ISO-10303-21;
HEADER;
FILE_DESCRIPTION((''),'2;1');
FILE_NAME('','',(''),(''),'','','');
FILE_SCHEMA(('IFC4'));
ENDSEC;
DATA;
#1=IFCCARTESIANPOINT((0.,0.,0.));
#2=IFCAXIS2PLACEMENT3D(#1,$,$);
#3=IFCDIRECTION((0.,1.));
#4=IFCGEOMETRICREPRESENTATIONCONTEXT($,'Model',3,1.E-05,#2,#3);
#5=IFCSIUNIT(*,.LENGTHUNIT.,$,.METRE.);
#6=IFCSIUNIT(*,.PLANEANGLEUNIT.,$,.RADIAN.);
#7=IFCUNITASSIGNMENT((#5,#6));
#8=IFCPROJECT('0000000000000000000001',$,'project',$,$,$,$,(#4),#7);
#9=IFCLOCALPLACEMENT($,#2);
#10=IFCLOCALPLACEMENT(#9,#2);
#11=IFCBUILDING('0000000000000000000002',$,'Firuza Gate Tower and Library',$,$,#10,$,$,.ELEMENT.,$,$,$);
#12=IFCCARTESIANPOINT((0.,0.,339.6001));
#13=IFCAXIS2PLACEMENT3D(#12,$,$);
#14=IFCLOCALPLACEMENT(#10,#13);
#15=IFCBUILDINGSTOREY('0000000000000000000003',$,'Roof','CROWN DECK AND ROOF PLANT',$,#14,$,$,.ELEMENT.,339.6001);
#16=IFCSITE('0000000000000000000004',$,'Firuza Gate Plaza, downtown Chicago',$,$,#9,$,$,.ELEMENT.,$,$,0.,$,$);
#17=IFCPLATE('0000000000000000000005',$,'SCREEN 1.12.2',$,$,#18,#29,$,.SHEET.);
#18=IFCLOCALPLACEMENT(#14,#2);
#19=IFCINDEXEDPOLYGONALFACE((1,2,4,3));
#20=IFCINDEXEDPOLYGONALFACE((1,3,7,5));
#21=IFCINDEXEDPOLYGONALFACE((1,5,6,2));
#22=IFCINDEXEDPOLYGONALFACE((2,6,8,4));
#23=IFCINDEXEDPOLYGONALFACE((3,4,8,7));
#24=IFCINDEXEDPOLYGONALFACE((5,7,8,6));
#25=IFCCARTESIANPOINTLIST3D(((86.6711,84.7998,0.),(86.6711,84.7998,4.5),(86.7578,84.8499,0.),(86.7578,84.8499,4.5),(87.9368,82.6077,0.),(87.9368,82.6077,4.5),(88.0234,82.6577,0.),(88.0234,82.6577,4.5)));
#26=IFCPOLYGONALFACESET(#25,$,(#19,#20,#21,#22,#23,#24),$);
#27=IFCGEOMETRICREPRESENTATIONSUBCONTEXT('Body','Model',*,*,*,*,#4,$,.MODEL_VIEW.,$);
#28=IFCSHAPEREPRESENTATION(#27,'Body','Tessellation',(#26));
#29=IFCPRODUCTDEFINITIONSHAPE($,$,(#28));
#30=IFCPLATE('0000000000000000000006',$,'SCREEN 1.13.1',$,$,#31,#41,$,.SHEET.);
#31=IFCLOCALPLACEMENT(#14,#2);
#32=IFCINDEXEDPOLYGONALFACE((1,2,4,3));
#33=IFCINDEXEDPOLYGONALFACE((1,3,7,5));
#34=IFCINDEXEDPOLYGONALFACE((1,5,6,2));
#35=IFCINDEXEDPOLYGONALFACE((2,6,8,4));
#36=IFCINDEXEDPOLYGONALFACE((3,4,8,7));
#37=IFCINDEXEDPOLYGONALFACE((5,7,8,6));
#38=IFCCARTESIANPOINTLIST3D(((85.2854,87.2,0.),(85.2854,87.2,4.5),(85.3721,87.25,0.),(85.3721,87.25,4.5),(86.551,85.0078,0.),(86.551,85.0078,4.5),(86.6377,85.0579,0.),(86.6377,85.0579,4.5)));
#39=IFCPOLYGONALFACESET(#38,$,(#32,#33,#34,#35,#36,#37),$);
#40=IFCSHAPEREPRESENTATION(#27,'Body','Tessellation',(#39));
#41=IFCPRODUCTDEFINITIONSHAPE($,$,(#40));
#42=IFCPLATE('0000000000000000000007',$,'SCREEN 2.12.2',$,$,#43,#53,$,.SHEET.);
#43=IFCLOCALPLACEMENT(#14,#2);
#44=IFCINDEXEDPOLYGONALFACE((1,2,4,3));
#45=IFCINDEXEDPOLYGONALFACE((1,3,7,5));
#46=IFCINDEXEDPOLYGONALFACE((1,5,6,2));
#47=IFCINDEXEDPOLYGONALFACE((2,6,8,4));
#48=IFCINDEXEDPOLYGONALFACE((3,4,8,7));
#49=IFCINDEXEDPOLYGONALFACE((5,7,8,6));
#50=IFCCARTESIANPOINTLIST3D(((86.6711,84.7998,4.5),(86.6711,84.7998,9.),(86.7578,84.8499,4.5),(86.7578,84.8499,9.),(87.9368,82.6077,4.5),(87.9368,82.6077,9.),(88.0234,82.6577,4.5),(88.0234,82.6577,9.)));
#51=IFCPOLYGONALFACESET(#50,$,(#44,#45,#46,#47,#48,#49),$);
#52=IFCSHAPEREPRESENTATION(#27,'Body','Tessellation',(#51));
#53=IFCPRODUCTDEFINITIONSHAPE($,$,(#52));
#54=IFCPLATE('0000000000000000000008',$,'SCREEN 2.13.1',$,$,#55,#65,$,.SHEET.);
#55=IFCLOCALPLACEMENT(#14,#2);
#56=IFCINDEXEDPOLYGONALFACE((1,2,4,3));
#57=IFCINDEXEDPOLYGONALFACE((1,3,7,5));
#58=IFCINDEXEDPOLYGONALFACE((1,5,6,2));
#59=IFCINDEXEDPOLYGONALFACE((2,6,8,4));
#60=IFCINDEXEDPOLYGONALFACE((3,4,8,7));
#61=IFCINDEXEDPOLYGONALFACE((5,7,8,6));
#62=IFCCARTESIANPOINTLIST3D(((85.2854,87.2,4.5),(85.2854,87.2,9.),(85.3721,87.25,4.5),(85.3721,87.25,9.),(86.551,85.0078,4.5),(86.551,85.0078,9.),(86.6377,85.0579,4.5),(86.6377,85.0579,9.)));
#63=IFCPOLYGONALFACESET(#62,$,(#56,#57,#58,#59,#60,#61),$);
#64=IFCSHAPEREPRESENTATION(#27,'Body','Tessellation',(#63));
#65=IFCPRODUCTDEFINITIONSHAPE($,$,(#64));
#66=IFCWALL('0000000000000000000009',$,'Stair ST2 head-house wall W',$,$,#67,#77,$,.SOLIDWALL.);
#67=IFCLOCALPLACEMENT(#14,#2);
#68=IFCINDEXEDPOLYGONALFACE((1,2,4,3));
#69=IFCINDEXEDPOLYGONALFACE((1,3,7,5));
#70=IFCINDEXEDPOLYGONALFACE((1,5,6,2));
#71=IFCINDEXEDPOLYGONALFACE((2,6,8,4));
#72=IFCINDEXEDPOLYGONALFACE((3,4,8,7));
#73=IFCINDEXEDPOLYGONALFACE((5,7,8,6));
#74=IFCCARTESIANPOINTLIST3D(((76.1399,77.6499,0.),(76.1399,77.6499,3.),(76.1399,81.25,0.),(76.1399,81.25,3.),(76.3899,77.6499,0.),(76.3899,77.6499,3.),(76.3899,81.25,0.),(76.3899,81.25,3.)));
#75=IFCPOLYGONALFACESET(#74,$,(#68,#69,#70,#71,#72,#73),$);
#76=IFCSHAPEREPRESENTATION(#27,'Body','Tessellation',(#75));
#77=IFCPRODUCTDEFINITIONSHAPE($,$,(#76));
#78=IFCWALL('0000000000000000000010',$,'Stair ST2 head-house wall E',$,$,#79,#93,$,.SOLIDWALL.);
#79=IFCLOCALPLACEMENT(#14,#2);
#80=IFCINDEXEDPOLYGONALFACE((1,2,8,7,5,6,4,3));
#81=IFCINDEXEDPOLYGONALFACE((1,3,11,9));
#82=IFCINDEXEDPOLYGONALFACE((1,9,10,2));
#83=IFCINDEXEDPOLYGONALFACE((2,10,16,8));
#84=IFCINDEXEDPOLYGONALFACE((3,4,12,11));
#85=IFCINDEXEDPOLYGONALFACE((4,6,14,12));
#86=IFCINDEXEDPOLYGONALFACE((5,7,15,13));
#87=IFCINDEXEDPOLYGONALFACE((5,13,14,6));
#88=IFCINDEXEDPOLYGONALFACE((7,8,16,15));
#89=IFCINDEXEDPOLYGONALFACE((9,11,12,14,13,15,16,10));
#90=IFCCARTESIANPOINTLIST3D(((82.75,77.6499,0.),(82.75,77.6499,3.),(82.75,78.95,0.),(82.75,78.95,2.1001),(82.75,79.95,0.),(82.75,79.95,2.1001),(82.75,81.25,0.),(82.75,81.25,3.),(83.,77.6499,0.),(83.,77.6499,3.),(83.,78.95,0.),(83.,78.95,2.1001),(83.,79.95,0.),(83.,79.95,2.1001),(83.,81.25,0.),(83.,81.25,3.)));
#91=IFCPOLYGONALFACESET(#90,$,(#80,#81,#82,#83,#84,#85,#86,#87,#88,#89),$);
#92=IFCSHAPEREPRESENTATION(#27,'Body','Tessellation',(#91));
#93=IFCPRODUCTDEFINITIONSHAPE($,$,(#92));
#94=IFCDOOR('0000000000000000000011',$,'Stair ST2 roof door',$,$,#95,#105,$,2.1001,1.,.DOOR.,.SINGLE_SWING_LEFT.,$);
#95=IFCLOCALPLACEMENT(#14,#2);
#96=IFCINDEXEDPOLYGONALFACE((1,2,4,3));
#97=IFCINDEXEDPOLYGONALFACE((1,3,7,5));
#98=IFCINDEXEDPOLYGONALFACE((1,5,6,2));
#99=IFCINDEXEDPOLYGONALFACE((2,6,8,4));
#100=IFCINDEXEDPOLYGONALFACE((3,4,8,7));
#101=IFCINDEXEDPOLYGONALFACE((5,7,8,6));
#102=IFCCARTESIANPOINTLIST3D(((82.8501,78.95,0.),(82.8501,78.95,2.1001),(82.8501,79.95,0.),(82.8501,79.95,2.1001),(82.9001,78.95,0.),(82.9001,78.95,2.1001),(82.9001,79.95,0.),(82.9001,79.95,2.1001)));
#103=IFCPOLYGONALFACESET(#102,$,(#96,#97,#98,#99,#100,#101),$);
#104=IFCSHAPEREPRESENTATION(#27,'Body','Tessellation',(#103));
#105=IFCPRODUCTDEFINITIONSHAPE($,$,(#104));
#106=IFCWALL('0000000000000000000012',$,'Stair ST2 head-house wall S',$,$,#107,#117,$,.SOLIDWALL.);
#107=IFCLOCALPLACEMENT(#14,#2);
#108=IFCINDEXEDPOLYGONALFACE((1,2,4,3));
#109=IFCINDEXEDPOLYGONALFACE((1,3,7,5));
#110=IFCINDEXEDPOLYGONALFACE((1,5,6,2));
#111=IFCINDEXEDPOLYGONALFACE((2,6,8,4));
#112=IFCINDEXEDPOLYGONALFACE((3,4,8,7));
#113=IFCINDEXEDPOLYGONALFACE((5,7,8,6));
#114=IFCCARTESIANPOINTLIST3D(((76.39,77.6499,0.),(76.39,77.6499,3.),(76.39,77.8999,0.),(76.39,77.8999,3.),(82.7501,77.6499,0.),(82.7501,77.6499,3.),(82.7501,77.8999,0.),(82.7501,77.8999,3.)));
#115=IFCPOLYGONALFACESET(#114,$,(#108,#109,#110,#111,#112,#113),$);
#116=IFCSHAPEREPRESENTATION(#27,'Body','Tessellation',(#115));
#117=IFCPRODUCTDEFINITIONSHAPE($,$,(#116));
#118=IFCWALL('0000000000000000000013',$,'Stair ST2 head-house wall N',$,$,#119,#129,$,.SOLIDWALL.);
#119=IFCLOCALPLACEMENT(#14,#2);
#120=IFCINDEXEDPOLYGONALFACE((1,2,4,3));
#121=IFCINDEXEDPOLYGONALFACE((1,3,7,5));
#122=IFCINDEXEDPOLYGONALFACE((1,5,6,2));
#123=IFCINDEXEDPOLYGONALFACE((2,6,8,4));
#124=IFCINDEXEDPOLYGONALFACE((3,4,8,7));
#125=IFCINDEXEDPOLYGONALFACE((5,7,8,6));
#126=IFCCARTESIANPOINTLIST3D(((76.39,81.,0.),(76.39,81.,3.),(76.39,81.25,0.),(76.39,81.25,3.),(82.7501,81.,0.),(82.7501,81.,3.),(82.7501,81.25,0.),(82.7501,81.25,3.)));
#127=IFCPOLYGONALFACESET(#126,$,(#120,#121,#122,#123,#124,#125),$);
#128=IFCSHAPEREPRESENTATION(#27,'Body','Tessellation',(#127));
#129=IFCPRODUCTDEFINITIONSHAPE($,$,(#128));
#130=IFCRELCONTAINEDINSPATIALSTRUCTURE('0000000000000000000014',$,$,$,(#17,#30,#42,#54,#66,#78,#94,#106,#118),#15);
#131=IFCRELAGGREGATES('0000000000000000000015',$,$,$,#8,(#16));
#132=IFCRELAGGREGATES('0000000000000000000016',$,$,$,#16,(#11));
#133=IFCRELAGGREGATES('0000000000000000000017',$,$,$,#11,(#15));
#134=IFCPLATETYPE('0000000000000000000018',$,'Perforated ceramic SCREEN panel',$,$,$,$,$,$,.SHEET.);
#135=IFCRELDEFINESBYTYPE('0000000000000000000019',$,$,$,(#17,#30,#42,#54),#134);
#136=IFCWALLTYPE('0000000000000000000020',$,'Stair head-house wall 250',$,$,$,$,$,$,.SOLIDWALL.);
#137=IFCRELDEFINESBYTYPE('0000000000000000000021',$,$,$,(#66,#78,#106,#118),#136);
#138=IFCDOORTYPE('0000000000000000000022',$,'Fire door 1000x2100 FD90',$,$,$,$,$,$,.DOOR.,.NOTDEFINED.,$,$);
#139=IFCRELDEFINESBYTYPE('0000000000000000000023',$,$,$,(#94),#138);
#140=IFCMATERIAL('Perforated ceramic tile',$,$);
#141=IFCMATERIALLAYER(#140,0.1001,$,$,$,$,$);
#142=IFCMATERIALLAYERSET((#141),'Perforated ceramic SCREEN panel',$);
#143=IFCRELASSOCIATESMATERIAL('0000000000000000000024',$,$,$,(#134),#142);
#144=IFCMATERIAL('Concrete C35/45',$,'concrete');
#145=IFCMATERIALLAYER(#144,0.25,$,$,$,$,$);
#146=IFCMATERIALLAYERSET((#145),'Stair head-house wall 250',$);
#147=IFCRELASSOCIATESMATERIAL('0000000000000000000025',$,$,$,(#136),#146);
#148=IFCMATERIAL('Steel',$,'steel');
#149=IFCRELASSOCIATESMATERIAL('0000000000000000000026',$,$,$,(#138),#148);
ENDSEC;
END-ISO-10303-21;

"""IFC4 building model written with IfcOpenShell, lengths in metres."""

from ifc_helpers import new_model, si_unit, direction, frame, frame_2d, origin, place, context, subcontext, project, spatial, polyline, rectangle, outline, extrude, material, layer, layer_set, type_object, element, fill, save


model = new_model("IFC4")

# Units and contexts
model_context = context("Model", 3, precision=1e-05, world=origin(), true_north=direction((0.0, 1.0)))
body_context = subcontext(model_context, "Body", "Model", "MODEL_VIEW")
ifc_project = project(units=[si_unit("LENGTHUNIT", "METRE"), si_unit("PLANEANGLEUNIT", "RADIAN")], contexts=[model_context])

# Site, building, storey
site_placement = place(None, origin())
site = spatial("IfcSite", under=ifc_project, at=site_placement, Name="Firuza Gate Plaza, downtown Chicago", CompositionType="ELEMENT", RefElevation=0.0)
building_placement = place(site_placement, origin())
building = spatial("IfcBuilding", under=site, at=building_placement, Name="Firuza Gate Tower and Library", CompositionType="ELEMENT")
storey_placement = place(building_placement, frame((0.0, 0.0, 339.6001)))
storey = spatial("IfcBuildingStorey", under=building, at=storey_placement, Name="Roof", Description="CROWN DECK AND ROOF PLANT", CompositionType="ELEMENT", Elevation=339.6001)

# Plates
ifc_material_1 = material(Name="Perforated ceramic tile")
ifc_layer_1 = layer(ifc_material_1, 0.1001)
ifc_layer_set_1 = layer_set([ifc_layer_1], Name="Perforated ceramic SCREEN panel")
plate_type = type_object("IfcPlateType", Name="Perforated ceramic SCREEN panel", PredefinedType="SHEET", material=ifc_layer_set_1)
for number, where, z_axis, x_axis, name in (
    (1, (88.0234, 82.6577, 0.0), (0.866027, 0.499998, 0.0), (-0.499998, 0.866027, 0.0), "SCREEN 1.12.2"),
    (2, (86.6377, 85.0579, 0.0), (0.866027, 0.499998, 0.0), (-0.499998, 0.866027, 0.0), "SCREEN 1.13.1"),
    (3, (88.0234, 82.6577, 4.5), (0.866027, 0.499998, 0.0), (-0.499998, 0.866027, 0.0), "SCREEN 2.12.2"),
    (4, (86.6377, 85.0579, 4.5), (0.866027, 0.499998, 0.0), (-0.499998, 0.866027, 0.0), "SCREEN 2.13.1"),
):
    element("IfcPlate", number, at=place(storey_placement, frame(where, z_axis=z_axis, x_axis=x_axis)), inside=storey, type_object=plate_type, Name=name, PredefinedType="SHEET", context=body_context, shape_type="SweptSolid", body=[
        extrude(outline(polyline([(0.0, 0.0), (2.5313, 0.0), (2.5313, 4.5), (0.0, 4.5), (0.0, 0.0)])), origin(), (0.0, 0.0, -1.0), 0.1001),
    ])

# Wall
ifc_material_2 = material(Name="Concrete C35/45", Category="concrete")
ifc_layer_2 = layer(ifc_material_2, 0.25)
ifc_layer_set_2 = layer_set([ifc_layer_2], Name="Stair head-house wall 250")
wall_type = type_object("IfcWallType", Name="Stair head-house wall 250", PredefinedType="SOLIDWALL", material=ifc_layer_set_2)
wall_1_placement = place(storey_placement, frame((76.2649, 77.6499, 0.0), z_axis=(0.0, 0.0, 1.0), x_axis=(0.0, 1.0, 0.0)))
element("IfcWall", 5, at=wall_1_placement, inside=storey, type_object=wall_type, Name="Stair ST2 head-house wall W", PredefinedType="SOLIDWALL", context=body_context, shape_type="SweptSolid", body=[
    extrude(rectangle(XDim=3.6001, YDim=0.25, at=frame_2d((1.8, 0.0))), origin(), (0.0, 0.0, 1.0), 3.0),
])

# Wall, opening, door
wall_2_placement = place(storey_placement, frame((82.875, 77.6499, 0.0), z_axis=(0.0, 0.0, 1.0), x_axis=(0.0, 1.0, 0.0)))
wall_2 = element("IfcWall", 6, at=wall_2_placement, inside=storey, type_object=wall_type, Name="Stair ST2 head-house wall E", PredefinedType="SOLIDWALL", context=body_context, shape_type="SweptSolid", body=[
    extrude(rectangle(XDim=3.6001, YDim=0.25, at=frame_2d((1.8, 0.0))), origin(), (0.0, 0.0, 1.0), 3.0),
])
opening_placement = place(wall_2_placement, frame((1.3, 0.0, 0.0)))
opening = element("IfcOpeningElement", 7, at=opening_placement, cuts=wall_2, PredefinedType="OPENING", context=body_context, shape_type="SweptSolid", body=[
    extrude(rectangle(XDim=1.0, YDim=2.1001, at=frame_2d((0.5, 1.05))), frame((0.0, 0.135, 0.0), z_axis=(0.0, -1.0, 0.0), x_axis=(1.0, 0.0, 0.0)), (0.0, 0.0, 1.0), 0.27),
])
ifc_material_3 = material(Name="Steel", Category="steel")
door_type = type_object("IfcDoorType", Name="Fire door 1000x2100 FD90", OperationType="NOTDEFINED", PredefinedType="DOOR", material=ifc_material_3)
door_placement = place(opening_placement, origin())
door = element("IfcDoor", 8, at=door_placement, inside=storey, type_object=door_type, Name="Stair ST2 roof door", OperationType="SINGLE_SWING_LEFT", OverallHeight=2.1001, OverallWidth=1.0, PredefinedType="DOOR", context=body_context, shape_type="SweptSolid", body=[
    extrude(rectangle(XDim=1.0, YDim=2.1001, at=frame_2d((0.5, 1.05))), frame((0.0, 0.0249, 0.0), z_axis=(0.0, -1.0, 0.0), x_axis=(1.0, 0.0, 0.0)), (0.0, 0.0, 1.0), 0.05),
])
fill(opening, door)

# Walls
for number, where, z_axis, x_axis, name in (
    (9, (76.3899, 77.7749, 0.0), (0.0, 0.0, 1.0), (1.0, 0.0, 0.0), "Stair ST2 head-house wall S"),
    (10, (76.3899, 81.125, 0.0), (0.0, 0.0, 1.0), (1.0, 0.0, 0.0), "Stair ST2 head-house wall N"),
):
    element("IfcWall", number, at=place(storey_placement, frame(where, z_axis=z_axis, x_axis=x_axis)), inside=storey, type_object=wall_type, Name=name, PredefinedType="SOLIDWALL", context=body_context, shape_type="SweptSolid", body=[
        extrude(rectangle(XDim=6.3601, YDim=0.25, at=frame_2d((3.1802, 0.0))), origin(), (0.0, 0.0, 1.0), 3.0),
    ])

save(model, "model.ifc")
